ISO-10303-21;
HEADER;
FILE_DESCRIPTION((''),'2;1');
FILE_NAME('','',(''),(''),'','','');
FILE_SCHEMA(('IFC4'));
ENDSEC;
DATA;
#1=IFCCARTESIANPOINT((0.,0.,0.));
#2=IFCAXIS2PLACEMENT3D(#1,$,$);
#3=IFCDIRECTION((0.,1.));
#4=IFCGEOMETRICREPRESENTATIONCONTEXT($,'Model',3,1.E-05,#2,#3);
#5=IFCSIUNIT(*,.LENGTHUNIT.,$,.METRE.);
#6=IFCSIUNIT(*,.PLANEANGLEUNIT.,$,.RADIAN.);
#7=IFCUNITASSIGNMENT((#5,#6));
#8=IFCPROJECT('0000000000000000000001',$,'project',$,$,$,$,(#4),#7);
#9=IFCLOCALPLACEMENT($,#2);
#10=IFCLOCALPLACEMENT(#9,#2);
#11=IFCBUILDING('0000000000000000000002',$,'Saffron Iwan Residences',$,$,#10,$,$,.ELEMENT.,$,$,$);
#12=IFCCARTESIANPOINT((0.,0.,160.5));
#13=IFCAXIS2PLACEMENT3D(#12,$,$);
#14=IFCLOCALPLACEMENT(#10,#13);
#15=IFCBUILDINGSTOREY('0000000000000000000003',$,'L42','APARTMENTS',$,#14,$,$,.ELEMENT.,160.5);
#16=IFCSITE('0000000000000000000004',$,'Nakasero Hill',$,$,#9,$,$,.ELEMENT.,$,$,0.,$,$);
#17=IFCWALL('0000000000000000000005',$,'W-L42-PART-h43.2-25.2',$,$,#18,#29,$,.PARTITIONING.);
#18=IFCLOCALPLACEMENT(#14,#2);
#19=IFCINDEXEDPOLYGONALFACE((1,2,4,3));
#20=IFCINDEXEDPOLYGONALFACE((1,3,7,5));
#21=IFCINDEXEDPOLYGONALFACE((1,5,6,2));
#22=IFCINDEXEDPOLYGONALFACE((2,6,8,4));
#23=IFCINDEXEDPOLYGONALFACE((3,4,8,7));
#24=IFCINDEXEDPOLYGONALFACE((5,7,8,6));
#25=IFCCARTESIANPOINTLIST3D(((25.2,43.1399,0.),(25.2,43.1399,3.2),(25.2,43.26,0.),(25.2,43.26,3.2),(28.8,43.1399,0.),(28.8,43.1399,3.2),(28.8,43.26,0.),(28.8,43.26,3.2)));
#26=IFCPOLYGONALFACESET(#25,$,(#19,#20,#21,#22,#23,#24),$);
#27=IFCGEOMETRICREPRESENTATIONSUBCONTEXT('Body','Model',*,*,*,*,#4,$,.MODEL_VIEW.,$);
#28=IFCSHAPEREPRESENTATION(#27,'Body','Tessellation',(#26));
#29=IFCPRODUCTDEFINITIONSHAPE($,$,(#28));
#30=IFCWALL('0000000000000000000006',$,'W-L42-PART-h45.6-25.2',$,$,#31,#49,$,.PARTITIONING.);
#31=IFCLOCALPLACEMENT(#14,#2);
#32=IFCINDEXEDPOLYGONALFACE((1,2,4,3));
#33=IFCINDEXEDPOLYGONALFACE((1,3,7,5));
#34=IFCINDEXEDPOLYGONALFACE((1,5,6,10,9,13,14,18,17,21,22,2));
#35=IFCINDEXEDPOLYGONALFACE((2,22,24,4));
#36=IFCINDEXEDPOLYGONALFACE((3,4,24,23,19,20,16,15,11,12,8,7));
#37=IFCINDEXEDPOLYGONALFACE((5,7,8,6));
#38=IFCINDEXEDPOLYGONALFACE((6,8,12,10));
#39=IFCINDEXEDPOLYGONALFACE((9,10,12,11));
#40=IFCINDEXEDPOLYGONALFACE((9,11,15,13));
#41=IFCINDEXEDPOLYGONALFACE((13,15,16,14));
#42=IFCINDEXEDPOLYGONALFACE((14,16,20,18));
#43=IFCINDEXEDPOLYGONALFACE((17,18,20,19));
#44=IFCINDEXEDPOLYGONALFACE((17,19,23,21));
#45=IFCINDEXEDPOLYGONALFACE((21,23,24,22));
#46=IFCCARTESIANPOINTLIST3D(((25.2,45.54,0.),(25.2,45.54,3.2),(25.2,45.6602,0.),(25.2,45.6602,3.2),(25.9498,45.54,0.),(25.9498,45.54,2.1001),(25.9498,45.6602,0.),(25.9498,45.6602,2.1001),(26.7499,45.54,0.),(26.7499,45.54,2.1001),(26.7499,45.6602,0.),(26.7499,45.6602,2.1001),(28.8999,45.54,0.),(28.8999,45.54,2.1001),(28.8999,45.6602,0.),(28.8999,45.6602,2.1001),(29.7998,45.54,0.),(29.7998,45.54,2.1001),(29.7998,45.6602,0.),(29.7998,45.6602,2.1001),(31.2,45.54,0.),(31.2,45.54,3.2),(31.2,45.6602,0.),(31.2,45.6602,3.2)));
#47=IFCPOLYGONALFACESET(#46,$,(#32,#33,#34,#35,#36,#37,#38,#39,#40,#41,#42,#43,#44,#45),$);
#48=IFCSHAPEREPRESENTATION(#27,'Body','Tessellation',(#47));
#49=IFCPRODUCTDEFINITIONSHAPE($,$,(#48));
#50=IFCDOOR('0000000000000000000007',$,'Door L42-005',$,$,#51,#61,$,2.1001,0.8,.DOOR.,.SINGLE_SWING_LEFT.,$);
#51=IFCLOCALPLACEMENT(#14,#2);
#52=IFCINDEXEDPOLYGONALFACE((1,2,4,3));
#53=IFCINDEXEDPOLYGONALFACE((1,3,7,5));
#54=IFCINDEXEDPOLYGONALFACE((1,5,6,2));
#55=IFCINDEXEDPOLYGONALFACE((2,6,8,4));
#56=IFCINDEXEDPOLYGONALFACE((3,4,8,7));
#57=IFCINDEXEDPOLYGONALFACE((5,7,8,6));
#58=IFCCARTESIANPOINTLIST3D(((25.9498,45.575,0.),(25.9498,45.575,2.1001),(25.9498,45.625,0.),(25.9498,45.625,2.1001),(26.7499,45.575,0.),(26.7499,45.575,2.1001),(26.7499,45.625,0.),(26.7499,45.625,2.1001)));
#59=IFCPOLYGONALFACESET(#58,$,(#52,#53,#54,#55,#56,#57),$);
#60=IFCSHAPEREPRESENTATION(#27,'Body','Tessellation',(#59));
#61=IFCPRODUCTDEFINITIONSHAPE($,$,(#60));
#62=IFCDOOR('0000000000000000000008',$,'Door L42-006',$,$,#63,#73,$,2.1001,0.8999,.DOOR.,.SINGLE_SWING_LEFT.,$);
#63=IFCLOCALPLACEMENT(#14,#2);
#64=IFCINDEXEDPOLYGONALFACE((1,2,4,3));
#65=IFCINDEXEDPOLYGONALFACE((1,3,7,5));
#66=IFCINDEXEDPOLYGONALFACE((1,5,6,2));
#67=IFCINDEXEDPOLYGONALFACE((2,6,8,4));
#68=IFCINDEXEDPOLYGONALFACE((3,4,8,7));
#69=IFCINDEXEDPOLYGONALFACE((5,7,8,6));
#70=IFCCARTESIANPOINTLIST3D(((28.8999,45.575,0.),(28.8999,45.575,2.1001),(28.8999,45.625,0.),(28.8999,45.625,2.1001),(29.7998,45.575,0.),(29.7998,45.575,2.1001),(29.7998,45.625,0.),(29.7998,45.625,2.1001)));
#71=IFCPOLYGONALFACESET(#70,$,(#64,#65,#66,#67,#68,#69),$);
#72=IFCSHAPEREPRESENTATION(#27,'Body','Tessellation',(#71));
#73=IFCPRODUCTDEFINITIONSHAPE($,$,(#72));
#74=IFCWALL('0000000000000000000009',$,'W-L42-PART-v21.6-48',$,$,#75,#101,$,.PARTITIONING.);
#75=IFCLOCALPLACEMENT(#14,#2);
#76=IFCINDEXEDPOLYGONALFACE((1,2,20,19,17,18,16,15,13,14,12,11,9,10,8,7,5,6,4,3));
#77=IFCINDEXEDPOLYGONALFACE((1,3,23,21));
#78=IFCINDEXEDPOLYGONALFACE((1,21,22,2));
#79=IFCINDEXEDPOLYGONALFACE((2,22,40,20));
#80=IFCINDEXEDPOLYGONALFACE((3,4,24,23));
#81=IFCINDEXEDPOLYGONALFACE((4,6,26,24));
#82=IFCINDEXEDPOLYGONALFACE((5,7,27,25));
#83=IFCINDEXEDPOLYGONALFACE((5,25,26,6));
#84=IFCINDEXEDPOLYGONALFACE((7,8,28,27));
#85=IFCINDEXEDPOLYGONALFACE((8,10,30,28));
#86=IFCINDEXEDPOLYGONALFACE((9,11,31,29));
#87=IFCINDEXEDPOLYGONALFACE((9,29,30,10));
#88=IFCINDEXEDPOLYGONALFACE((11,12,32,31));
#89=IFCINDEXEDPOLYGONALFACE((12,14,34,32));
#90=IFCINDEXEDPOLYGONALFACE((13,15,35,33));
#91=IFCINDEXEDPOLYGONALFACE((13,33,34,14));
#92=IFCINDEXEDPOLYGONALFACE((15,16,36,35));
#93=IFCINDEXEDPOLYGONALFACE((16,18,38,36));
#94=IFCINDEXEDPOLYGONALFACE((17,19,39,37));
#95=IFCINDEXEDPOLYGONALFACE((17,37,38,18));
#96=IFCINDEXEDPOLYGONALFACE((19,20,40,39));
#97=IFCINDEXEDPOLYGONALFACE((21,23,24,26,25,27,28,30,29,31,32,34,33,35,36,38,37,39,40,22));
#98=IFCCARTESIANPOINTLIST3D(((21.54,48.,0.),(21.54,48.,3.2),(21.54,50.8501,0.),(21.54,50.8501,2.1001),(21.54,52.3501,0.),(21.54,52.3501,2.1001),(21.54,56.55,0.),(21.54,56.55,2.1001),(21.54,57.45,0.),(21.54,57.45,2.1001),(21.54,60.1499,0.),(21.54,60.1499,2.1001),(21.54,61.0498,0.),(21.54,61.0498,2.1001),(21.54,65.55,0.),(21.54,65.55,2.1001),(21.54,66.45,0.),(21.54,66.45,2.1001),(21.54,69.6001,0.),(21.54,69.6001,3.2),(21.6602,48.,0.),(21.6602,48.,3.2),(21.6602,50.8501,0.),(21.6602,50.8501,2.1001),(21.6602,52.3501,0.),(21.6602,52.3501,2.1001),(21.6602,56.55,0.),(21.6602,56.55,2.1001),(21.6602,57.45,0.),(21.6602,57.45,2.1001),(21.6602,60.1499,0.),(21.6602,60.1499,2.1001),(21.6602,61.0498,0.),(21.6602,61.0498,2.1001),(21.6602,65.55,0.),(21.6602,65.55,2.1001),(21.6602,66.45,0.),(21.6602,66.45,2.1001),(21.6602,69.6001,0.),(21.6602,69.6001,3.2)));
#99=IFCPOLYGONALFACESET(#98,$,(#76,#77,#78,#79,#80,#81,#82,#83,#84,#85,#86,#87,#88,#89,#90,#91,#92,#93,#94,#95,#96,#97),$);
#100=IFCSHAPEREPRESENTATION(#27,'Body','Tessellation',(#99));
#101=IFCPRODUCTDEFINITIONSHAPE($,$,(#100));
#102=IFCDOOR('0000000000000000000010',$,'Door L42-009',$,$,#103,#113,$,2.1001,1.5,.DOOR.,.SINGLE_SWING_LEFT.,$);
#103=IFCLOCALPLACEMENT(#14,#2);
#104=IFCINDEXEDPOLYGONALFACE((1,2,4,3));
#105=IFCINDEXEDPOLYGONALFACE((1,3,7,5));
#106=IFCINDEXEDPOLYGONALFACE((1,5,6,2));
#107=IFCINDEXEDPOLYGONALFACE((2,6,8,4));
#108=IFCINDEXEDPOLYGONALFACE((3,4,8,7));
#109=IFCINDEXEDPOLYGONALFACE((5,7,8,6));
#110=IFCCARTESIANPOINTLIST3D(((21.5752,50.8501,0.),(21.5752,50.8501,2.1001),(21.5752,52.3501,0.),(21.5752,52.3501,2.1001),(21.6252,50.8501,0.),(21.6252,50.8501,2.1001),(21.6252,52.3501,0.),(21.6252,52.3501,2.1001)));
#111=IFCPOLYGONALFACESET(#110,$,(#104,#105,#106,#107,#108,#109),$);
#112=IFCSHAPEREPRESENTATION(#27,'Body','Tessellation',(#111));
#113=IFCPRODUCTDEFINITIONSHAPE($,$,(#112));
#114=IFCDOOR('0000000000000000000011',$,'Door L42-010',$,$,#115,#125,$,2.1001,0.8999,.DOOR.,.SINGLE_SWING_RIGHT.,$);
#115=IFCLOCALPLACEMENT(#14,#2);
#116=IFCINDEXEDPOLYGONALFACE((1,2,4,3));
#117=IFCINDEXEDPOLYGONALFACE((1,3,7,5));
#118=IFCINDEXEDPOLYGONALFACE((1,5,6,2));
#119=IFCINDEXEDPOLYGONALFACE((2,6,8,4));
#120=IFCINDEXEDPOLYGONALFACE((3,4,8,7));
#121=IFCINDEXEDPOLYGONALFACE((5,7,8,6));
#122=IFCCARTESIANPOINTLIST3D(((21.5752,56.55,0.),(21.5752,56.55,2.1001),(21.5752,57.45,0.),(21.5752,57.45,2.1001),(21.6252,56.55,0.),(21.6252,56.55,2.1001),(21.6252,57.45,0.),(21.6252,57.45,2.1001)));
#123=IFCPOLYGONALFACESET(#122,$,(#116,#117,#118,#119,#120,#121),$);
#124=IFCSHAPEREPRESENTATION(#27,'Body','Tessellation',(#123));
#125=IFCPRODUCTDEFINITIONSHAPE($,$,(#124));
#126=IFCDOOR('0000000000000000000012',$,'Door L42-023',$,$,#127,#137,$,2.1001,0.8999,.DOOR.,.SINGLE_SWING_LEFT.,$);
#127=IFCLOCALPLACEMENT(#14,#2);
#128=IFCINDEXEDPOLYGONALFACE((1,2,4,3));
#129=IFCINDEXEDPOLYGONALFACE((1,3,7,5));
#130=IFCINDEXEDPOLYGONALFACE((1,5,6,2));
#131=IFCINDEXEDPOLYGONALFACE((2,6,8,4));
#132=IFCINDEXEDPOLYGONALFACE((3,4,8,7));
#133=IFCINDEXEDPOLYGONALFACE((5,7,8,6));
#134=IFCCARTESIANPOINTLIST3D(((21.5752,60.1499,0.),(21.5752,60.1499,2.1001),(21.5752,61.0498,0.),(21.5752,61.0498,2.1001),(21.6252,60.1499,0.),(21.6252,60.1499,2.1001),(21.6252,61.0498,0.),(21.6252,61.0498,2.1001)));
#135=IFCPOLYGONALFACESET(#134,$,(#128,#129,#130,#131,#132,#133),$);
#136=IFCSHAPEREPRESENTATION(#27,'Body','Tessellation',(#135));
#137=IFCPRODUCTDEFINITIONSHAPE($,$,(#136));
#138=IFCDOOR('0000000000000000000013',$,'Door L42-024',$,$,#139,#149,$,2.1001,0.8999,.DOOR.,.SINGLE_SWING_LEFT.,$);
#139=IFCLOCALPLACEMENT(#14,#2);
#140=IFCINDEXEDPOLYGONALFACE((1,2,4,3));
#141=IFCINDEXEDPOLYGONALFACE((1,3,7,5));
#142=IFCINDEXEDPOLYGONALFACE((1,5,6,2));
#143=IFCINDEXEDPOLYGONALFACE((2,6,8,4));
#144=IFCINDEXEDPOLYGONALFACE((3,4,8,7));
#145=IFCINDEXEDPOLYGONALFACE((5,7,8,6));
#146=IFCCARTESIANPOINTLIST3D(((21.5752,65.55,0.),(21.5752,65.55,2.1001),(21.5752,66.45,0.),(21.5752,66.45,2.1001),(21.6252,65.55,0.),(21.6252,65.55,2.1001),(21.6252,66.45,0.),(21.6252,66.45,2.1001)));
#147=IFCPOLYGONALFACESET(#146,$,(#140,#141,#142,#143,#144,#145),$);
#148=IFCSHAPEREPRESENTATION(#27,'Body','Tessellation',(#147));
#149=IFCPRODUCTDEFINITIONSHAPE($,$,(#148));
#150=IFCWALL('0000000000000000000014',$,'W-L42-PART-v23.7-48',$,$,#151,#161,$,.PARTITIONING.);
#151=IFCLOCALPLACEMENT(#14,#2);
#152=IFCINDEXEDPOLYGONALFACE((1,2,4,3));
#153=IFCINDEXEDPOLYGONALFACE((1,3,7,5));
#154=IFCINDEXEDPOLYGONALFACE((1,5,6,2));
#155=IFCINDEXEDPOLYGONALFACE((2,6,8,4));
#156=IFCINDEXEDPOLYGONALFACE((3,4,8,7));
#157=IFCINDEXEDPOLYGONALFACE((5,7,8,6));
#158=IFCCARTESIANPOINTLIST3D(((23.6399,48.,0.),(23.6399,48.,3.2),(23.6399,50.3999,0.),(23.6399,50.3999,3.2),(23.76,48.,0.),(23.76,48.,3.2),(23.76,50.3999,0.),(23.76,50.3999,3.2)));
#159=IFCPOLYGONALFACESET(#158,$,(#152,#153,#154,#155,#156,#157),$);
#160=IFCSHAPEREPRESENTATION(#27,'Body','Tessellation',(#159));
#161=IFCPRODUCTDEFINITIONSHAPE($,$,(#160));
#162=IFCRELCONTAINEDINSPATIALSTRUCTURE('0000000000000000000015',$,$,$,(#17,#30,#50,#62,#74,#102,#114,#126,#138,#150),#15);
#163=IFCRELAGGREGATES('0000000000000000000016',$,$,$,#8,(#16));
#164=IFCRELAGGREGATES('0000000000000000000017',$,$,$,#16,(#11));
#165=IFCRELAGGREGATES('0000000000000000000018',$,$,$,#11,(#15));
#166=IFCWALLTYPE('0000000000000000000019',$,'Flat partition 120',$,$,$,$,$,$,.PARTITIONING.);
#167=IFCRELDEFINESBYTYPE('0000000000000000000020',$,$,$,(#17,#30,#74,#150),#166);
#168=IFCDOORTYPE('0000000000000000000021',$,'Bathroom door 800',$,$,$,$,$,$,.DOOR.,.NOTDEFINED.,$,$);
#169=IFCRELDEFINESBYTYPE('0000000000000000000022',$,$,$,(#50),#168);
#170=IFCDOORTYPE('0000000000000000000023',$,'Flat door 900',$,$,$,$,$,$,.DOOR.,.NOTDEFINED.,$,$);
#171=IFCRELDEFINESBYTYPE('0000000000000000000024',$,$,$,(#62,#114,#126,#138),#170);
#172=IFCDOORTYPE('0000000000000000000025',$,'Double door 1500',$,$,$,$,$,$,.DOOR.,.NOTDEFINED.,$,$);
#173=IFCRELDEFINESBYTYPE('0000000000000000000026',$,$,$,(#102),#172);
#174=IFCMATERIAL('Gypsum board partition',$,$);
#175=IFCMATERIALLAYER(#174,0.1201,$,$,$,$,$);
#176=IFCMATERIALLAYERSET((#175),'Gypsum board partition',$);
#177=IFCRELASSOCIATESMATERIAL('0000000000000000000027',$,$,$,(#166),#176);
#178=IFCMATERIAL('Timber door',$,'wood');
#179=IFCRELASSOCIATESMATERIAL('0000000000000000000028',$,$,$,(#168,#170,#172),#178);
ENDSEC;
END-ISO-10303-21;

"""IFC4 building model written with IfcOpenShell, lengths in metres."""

from ifc_helpers import new_model, si_unit, direction, frame, frame_2d, origin, place, context, subcontext, project, spatial, rectangle, extrude, material, layer, layer_set, type_object, element, fill, save


model = new_model("IFC4")

# Units and contexts
model_context = context("Model", 3, precision=1e-05, world=origin(), true_north=direction((0.0, 1.0)))
body_context = subcontext(model_context, "Body", "Model", "MODEL_VIEW")
ifc_project = project(units=[si_unit("LENGTHUNIT", "METRE"), si_unit("PLANEANGLEUNIT", "RADIAN")], contexts=[model_context])

# Site, building, storey
site_placement = place(None, origin())
site = spatial("IfcSite", under=ifc_project, at=site_placement, Name="Nakasero Hill", CompositionType="ELEMENT", RefElevation=0.0)
building_placement = place(site_placement, origin())
building = spatial("IfcBuilding", under=site, at=building_placement, Name="Saffron Iwan Residences", CompositionType="ELEMENT")
storey_placement = place(building_placement, frame((0.0, 0.0, 160.5)))
storey = spatial("IfcBuildingStorey", under=building, at=storey_placement, Name="L42", Description="APARTMENTS", CompositionType="ELEMENT", Elevation=160.5)

# Wall
ifc_material_1 = material(Name="Gypsum board partition")
ifc_layer_1 = layer(ifc_material_1, 0.1201)
ifc_layer_set_1 = layer_set([ifc_layer_1], Name="Gypsum board partition")
wall_type_1 = type_object("IfcWallType", Name="Flat partition 120", PredefinedType="PARTITIONING", material=ifc_layer_set_1)
wall_1_placement = place(storey_placement, frame((25.2, 43.2, 0.0), z_axis=(0.0, 0.0, 1.0), x_axis=(1.0, 0.0, 0.0)))
element("IfcWall", 1, at=wall_1_placement, inside=storey, type_object=wall_type_1, Name="W-L42-PART-h43.2-25.2", PredefinedType="PARTITIONING", context=body_context, shape_type="SweptSolid", body=[
    extrude(rectangle(XDim=3.6001, YDim=0.1201, at=frame_2d((1.8, 0.0))), origin(), (0.0, 0.0, 1.0), 3.2),
])

# Walls, openings, doors
wall_2_placement = place(storey_placement, frame((25.2, 45.6001, 0.0), z_axis=(0.0, 0.0, 1.0), x_axis=(1.0, 0.0, 0.0)))
wall_2 = element("IfcWall", 2, at=wall_2_placement, inside=storey, type_object=wall_type_1, Name="W-L42-PART-h45.6-25.2", PredefinedType="PARTITIONING", context=body_context, shape_type="SweptSolid", body=[
    extrude(rectangle(XDim=6.0, YDim=0.1201, at=frame_2d((3.0, 0.0))), origin(), (0.0, 0.0, 1.0), 3.2),
])
opening_1_placement = place(wall_2_placement, frame((0.75, 0.0, 0.0)))
opening_1 = element("IfcOpeningElement", 3, at=opening_1_placement, cuts=wall_2, PredefinedType="OPENING", context=body_context, shape_type="SweptSolid", body=[
    extrude(rectangle(XDim=0.8, YDim=2.1001, at=frame_2d((0.3999, 1.05))), frame((0.0, 0.0701, 0.0), z_axis=(0.0, -1.0, 0.0), x_axis=(1.0, 0.0, 0.0)), (0.0, 0.0, 1.0), 0.1401),
])
opening_2_placement = place(wall_2_placement, frame((3.7, 0.0, 0.0)))
opening_2 = element("IfcOpeningElement", 4, at=opening_2_placement, cuts=wall_2, PredefinedType="OPENING", context=body_context, shape_type="SweptSolid", body=[
    extrude(rectangle(XDim=0.8999, YDim=2.1001, at=frame_2d((0.45, 1.05))), frame((0.0, 0.0701, 0.0), z_axis=(0.0, -1.0, 0.0), x_axis=(1.0, 0.0, 0.0)), (0.0, 0.0, 1.0), 0.1401),
])
ifc_material_2 = material(Name="Timber door", Category="wood")
door_type_1 = type_object("IfcDoorType", Name="Bathroom door 800", OperationType="NOTDEFINED", PredefinedType="DOOR", material=ifc_material_2)
door_1_placement = place(opening_1_placement, origin())
door_1 = element("IfcDoor", 5, at=door_1_placement, inside=storey, type_object=door_type_1, Name="Door L42-005", OperationType="SINGLE_SWING_LEFT", OverallHeight=2.1001, OverallWidth=0.8, PredefinedType="DOOR", context=body_context, shape_type="SweptSolid", body=[
    extrude(rectangle(XDim=0.8, YDim=2.1001, at=frame_2d((0.3999, 1.05))), frame((0.0, 0.0249, 0.0), z_axis=(0.0, -1.0, 0.0), x_axis=(1.0, 0.0, 0.0)), (0.0, 0.0, 1.0), 0.05),
])
fill(opening_1, door_1)
door_type_2 = type_object("IfcDoorType", Name="Flat door 900", OperationType="NOTDEFINED", PredefinedType="DOOR", material=ifc_material_2)
door_2_placement = place(opening_2_placement, origin())
door_2 = element("IfcDoor", 6, at=door_2_placement, inside=storey, type_object=door_type_2, Name="Door L42-006", OperationType="SINGLE_SWING_LEFT", OverallHeight=2.1001, OverallWidth=0.8999, PredefinedType="DOOR", context=body_context, shape_type="SweptSolid", body=[
    extrude(rectangle(XDim=0.8999, YDim=2.1001, at=frame_2d((0.45, 1.05))), frame((0.0, 0.0249, 0.0), z_axis=(0.0, -1.0, 0.0), x_axis=(1.0, 0.0, 0.0)), (0.0, 0.0, 1.0), 0.05),
])
fill(opening_2, door_2)
wall_3_placement = place(storey_placement, frame((21.6001, 48.0, 0.0), z_axis=(0.0, 0.0, 1.0), x_axis=(0.0, 1.0, 0.0)))
wall_3 = element("IfcWall", 7, at=wall_3_placement, inside=storey, type_object=wall_type_1, Name="W-L42-PART-v21.6-48", PredefinedType="PARTITIONING", context=body_context, shape_type="SweptSolid", body=[
    extrude(rectangle(XDim=21.6001, YDim=0.1201, at=frame_2d((10.8, 0.0))), origin(), (0.0, 0.0, 1.0), 3.2),
])
opening_3_placement = place(wall_3_placement, frame((2.8501, 0.0, 0.0)))
opening_3 = element("IfcOpeningElement", 8, at=opening_3_placement, cuts=wall_3, PredefinedType="OPENING", context=body_context, shape_type="SweptSolid", body=[
    extrude(rectangle(XDim=1.5, YDim=2.1001, at=frame_2d((0.75, 1.05))), frame((0.0, 0.0701, 0.0), z_axis=(0.0, -1.0, 0.0), x_axis=(1.0, 0.0, 0.0)), (0.0, 0.0, 1.0), 0.1401),
])
opening_4_placement = place(wall_3_placement, frame((8.55, 0.0, 0.0)))
opening_4 = element("IfcOpeningElement", 9, at=opening_4_placement, cuts=wall_3, PredefinedType="OPENING", context=body_context, shape_type="SweptSolid", body=[
    extrude(rectangle(XDim=0.8999, YDim=2.1001, at=frame_2d((0.45, 1.05))), frame((0.0, 0.0701, 0.0), z_axis=(0.0, -1.0, 0.0), x_axis=(1.0, 0.0, 0.0)), (0.0, 0.0, 1.0), 0.1401),
])
opening_5_placement = place(wall_3_placement, frame((12.1499, 0.0, 0.0)))
opening_5 = element("IfcOpeningElement", 10, at=opening_5_placement, cuts=wall_3, PredefinedType="OPENING", context=body_context, shape_type="SweptSolid", body=[
    extrude(rectangle(XDim=0.8999, YDim=2.1001, at=frame_2d((0.45, 1.05))), frame((0.0, 0.0701, 0.0), z_axis=(0.0, -1.0, 0.0), x_axis=(1.0, 0.0, 0.0)), (0.0, 0.0, 1.0), 0.1401),
])
opening_6_placement = place(wall_3_placement, frame((17.55, 0.0, 0.0)))
opening_6 = element("IfcOpeningElement", 11, at=opening_6_placement, cuts=wall_3, PredefinedType="OPENING", context=body_context, shape_type="SweptSolid", body=[
    extrude(rectangle(XDim=0.8999, YDim=2.1001, at=frame_2d((0.45, 1.05))), frame((0.0, 0.0701, 0.0), z_axis=(0.0, -1.0, 0.0), x_axis=(1.0, 0.0, 0.0)), (0.0, 0.0, 1.0), 0.1401),
])
door_type_3 = type_object("IfcDoorType", Name="Double door 1500", OperationType="NOTDEFINED", PredefinedType="DOOR", material=ifc_material_2)
door_3_placement = place(opening_3_placement, origin())
door_3 = element("IfcDoor", 12, at=door_3_placement, inside=storey, type_object=door_type_3, Name="Door L42-009", OperationType="SINGLE_SWING_LEFT", OverallHeight=2.1001, OverallWidth=1.5, PredefinedType="DOOR", context=body_context, shape_type="SweptSolid", body=[
    extrude(rectangle(XDim=1.5, YDim=2.1001, at=frame_2d((0.75, 1.05))), frame((0.0, 0.0249, 0.0), z_axis=(0.0, -1.0, 0.0), x_axis=(1.0, 0.0, 0.0)), (0.0, 0.0, 1.0), 0.05),
])
fill(opening_3, door_3)
door_4_placement = place(opening_4_placement, origin())
door_4 = element("IfcDoor", 13, at=door_4_placement, inside=storey, type_object=door_type_2, Name="Door L42-010", OperationType="SINGLE_SWING_RIGHT", OverallHeight=2.1001, OverallWidth=0.8999, PredefinedType="DOOR", context=body_context, shape_type="SweptSolid", body=[
    extrude(rectangle(XDim=0.8999, YDim=2.1001, at=frame_2d((0.45, 1.05))), frame((0.0, 0.0249, 0.0), z_axis=(0.0, -1.0, 0.0), x_axis=(1.0, 0.0, 0.0)), (0.0, 0.0, 1.0), 0.05),
])
fill(opening_4, door_4)
door_5_placement = place(opening_5_placement, origin())
door_5 = element("IfcDoor", 14, at=door_5_placement, inside=storey, type_object=door_type_2, Name="Door L42-023", OperationType="SINGLE_SWING_LEFT", OverallHeight=2.1001, OverallWidth=0.8999, PredefinedType="DOOR", context=body_context, shape_type="SweptSolid", body=[
    extrude(rectangle(XDim=0.8999, YDim=2.1001, at=frame_2d((0.45, 1.05))), frame((0.0, 0.0249, 0.0), z_axis=(0.0, -1.0, 0.0), x_axis=(1.0, 0.0, 0.0)), (0.0, 0.0, 1.0), 0.05),
])
fill(opening_5, door_5)
door_6_placement = place(opening_6_placement, origin())
door_6 = element("IfcDoor", 15, at=door_6_placement, inside=storey, type_object=door_type_2, Name="Door L42-024", OperationType="SINGLE_SWING_LEFT", OverallHeight=2.1001, OverallWidth=0.8999, PredefinedType="DOOR", context=body_context, shape_type="SweptSolid", body=[
    extrude(rectangle(XDim=0.8999, YDim=2.1001, at=frame_2d((0.45, 1.05))), frame((0.0, 0.0249, 0.0), z_axis=(0.0, -1.0, 0.0), x_axis=(1.0, 0.0, 0.0)), (0.0, 0.0, 1.0), 0.05),
])
fill(opening_6, door_6)

# Wall
wall_4_placement = place(storey_placement, frame((23.7, 48.0, 0.0), z_axis=(0.0, 0.0, 1.0), x_axis=(0.0, 1.0, 0.0)))
element("IfcWall", 16, at=wall_4_placement, inside=storey, type_object=wall_type_1, Name="W-L42-PART-v23.7-48", PredefinedType="PARTITIONING", context=body_context, shape_type="SweptSolid", body=[
    extrude(rectangle(XDim=2.3999, YDim=0.1201, at=frame_2d((1.2, 0.0))), origin(), (0.0, 0.0, 1.0), 3.2),
])

save(model, "model.ifc")
